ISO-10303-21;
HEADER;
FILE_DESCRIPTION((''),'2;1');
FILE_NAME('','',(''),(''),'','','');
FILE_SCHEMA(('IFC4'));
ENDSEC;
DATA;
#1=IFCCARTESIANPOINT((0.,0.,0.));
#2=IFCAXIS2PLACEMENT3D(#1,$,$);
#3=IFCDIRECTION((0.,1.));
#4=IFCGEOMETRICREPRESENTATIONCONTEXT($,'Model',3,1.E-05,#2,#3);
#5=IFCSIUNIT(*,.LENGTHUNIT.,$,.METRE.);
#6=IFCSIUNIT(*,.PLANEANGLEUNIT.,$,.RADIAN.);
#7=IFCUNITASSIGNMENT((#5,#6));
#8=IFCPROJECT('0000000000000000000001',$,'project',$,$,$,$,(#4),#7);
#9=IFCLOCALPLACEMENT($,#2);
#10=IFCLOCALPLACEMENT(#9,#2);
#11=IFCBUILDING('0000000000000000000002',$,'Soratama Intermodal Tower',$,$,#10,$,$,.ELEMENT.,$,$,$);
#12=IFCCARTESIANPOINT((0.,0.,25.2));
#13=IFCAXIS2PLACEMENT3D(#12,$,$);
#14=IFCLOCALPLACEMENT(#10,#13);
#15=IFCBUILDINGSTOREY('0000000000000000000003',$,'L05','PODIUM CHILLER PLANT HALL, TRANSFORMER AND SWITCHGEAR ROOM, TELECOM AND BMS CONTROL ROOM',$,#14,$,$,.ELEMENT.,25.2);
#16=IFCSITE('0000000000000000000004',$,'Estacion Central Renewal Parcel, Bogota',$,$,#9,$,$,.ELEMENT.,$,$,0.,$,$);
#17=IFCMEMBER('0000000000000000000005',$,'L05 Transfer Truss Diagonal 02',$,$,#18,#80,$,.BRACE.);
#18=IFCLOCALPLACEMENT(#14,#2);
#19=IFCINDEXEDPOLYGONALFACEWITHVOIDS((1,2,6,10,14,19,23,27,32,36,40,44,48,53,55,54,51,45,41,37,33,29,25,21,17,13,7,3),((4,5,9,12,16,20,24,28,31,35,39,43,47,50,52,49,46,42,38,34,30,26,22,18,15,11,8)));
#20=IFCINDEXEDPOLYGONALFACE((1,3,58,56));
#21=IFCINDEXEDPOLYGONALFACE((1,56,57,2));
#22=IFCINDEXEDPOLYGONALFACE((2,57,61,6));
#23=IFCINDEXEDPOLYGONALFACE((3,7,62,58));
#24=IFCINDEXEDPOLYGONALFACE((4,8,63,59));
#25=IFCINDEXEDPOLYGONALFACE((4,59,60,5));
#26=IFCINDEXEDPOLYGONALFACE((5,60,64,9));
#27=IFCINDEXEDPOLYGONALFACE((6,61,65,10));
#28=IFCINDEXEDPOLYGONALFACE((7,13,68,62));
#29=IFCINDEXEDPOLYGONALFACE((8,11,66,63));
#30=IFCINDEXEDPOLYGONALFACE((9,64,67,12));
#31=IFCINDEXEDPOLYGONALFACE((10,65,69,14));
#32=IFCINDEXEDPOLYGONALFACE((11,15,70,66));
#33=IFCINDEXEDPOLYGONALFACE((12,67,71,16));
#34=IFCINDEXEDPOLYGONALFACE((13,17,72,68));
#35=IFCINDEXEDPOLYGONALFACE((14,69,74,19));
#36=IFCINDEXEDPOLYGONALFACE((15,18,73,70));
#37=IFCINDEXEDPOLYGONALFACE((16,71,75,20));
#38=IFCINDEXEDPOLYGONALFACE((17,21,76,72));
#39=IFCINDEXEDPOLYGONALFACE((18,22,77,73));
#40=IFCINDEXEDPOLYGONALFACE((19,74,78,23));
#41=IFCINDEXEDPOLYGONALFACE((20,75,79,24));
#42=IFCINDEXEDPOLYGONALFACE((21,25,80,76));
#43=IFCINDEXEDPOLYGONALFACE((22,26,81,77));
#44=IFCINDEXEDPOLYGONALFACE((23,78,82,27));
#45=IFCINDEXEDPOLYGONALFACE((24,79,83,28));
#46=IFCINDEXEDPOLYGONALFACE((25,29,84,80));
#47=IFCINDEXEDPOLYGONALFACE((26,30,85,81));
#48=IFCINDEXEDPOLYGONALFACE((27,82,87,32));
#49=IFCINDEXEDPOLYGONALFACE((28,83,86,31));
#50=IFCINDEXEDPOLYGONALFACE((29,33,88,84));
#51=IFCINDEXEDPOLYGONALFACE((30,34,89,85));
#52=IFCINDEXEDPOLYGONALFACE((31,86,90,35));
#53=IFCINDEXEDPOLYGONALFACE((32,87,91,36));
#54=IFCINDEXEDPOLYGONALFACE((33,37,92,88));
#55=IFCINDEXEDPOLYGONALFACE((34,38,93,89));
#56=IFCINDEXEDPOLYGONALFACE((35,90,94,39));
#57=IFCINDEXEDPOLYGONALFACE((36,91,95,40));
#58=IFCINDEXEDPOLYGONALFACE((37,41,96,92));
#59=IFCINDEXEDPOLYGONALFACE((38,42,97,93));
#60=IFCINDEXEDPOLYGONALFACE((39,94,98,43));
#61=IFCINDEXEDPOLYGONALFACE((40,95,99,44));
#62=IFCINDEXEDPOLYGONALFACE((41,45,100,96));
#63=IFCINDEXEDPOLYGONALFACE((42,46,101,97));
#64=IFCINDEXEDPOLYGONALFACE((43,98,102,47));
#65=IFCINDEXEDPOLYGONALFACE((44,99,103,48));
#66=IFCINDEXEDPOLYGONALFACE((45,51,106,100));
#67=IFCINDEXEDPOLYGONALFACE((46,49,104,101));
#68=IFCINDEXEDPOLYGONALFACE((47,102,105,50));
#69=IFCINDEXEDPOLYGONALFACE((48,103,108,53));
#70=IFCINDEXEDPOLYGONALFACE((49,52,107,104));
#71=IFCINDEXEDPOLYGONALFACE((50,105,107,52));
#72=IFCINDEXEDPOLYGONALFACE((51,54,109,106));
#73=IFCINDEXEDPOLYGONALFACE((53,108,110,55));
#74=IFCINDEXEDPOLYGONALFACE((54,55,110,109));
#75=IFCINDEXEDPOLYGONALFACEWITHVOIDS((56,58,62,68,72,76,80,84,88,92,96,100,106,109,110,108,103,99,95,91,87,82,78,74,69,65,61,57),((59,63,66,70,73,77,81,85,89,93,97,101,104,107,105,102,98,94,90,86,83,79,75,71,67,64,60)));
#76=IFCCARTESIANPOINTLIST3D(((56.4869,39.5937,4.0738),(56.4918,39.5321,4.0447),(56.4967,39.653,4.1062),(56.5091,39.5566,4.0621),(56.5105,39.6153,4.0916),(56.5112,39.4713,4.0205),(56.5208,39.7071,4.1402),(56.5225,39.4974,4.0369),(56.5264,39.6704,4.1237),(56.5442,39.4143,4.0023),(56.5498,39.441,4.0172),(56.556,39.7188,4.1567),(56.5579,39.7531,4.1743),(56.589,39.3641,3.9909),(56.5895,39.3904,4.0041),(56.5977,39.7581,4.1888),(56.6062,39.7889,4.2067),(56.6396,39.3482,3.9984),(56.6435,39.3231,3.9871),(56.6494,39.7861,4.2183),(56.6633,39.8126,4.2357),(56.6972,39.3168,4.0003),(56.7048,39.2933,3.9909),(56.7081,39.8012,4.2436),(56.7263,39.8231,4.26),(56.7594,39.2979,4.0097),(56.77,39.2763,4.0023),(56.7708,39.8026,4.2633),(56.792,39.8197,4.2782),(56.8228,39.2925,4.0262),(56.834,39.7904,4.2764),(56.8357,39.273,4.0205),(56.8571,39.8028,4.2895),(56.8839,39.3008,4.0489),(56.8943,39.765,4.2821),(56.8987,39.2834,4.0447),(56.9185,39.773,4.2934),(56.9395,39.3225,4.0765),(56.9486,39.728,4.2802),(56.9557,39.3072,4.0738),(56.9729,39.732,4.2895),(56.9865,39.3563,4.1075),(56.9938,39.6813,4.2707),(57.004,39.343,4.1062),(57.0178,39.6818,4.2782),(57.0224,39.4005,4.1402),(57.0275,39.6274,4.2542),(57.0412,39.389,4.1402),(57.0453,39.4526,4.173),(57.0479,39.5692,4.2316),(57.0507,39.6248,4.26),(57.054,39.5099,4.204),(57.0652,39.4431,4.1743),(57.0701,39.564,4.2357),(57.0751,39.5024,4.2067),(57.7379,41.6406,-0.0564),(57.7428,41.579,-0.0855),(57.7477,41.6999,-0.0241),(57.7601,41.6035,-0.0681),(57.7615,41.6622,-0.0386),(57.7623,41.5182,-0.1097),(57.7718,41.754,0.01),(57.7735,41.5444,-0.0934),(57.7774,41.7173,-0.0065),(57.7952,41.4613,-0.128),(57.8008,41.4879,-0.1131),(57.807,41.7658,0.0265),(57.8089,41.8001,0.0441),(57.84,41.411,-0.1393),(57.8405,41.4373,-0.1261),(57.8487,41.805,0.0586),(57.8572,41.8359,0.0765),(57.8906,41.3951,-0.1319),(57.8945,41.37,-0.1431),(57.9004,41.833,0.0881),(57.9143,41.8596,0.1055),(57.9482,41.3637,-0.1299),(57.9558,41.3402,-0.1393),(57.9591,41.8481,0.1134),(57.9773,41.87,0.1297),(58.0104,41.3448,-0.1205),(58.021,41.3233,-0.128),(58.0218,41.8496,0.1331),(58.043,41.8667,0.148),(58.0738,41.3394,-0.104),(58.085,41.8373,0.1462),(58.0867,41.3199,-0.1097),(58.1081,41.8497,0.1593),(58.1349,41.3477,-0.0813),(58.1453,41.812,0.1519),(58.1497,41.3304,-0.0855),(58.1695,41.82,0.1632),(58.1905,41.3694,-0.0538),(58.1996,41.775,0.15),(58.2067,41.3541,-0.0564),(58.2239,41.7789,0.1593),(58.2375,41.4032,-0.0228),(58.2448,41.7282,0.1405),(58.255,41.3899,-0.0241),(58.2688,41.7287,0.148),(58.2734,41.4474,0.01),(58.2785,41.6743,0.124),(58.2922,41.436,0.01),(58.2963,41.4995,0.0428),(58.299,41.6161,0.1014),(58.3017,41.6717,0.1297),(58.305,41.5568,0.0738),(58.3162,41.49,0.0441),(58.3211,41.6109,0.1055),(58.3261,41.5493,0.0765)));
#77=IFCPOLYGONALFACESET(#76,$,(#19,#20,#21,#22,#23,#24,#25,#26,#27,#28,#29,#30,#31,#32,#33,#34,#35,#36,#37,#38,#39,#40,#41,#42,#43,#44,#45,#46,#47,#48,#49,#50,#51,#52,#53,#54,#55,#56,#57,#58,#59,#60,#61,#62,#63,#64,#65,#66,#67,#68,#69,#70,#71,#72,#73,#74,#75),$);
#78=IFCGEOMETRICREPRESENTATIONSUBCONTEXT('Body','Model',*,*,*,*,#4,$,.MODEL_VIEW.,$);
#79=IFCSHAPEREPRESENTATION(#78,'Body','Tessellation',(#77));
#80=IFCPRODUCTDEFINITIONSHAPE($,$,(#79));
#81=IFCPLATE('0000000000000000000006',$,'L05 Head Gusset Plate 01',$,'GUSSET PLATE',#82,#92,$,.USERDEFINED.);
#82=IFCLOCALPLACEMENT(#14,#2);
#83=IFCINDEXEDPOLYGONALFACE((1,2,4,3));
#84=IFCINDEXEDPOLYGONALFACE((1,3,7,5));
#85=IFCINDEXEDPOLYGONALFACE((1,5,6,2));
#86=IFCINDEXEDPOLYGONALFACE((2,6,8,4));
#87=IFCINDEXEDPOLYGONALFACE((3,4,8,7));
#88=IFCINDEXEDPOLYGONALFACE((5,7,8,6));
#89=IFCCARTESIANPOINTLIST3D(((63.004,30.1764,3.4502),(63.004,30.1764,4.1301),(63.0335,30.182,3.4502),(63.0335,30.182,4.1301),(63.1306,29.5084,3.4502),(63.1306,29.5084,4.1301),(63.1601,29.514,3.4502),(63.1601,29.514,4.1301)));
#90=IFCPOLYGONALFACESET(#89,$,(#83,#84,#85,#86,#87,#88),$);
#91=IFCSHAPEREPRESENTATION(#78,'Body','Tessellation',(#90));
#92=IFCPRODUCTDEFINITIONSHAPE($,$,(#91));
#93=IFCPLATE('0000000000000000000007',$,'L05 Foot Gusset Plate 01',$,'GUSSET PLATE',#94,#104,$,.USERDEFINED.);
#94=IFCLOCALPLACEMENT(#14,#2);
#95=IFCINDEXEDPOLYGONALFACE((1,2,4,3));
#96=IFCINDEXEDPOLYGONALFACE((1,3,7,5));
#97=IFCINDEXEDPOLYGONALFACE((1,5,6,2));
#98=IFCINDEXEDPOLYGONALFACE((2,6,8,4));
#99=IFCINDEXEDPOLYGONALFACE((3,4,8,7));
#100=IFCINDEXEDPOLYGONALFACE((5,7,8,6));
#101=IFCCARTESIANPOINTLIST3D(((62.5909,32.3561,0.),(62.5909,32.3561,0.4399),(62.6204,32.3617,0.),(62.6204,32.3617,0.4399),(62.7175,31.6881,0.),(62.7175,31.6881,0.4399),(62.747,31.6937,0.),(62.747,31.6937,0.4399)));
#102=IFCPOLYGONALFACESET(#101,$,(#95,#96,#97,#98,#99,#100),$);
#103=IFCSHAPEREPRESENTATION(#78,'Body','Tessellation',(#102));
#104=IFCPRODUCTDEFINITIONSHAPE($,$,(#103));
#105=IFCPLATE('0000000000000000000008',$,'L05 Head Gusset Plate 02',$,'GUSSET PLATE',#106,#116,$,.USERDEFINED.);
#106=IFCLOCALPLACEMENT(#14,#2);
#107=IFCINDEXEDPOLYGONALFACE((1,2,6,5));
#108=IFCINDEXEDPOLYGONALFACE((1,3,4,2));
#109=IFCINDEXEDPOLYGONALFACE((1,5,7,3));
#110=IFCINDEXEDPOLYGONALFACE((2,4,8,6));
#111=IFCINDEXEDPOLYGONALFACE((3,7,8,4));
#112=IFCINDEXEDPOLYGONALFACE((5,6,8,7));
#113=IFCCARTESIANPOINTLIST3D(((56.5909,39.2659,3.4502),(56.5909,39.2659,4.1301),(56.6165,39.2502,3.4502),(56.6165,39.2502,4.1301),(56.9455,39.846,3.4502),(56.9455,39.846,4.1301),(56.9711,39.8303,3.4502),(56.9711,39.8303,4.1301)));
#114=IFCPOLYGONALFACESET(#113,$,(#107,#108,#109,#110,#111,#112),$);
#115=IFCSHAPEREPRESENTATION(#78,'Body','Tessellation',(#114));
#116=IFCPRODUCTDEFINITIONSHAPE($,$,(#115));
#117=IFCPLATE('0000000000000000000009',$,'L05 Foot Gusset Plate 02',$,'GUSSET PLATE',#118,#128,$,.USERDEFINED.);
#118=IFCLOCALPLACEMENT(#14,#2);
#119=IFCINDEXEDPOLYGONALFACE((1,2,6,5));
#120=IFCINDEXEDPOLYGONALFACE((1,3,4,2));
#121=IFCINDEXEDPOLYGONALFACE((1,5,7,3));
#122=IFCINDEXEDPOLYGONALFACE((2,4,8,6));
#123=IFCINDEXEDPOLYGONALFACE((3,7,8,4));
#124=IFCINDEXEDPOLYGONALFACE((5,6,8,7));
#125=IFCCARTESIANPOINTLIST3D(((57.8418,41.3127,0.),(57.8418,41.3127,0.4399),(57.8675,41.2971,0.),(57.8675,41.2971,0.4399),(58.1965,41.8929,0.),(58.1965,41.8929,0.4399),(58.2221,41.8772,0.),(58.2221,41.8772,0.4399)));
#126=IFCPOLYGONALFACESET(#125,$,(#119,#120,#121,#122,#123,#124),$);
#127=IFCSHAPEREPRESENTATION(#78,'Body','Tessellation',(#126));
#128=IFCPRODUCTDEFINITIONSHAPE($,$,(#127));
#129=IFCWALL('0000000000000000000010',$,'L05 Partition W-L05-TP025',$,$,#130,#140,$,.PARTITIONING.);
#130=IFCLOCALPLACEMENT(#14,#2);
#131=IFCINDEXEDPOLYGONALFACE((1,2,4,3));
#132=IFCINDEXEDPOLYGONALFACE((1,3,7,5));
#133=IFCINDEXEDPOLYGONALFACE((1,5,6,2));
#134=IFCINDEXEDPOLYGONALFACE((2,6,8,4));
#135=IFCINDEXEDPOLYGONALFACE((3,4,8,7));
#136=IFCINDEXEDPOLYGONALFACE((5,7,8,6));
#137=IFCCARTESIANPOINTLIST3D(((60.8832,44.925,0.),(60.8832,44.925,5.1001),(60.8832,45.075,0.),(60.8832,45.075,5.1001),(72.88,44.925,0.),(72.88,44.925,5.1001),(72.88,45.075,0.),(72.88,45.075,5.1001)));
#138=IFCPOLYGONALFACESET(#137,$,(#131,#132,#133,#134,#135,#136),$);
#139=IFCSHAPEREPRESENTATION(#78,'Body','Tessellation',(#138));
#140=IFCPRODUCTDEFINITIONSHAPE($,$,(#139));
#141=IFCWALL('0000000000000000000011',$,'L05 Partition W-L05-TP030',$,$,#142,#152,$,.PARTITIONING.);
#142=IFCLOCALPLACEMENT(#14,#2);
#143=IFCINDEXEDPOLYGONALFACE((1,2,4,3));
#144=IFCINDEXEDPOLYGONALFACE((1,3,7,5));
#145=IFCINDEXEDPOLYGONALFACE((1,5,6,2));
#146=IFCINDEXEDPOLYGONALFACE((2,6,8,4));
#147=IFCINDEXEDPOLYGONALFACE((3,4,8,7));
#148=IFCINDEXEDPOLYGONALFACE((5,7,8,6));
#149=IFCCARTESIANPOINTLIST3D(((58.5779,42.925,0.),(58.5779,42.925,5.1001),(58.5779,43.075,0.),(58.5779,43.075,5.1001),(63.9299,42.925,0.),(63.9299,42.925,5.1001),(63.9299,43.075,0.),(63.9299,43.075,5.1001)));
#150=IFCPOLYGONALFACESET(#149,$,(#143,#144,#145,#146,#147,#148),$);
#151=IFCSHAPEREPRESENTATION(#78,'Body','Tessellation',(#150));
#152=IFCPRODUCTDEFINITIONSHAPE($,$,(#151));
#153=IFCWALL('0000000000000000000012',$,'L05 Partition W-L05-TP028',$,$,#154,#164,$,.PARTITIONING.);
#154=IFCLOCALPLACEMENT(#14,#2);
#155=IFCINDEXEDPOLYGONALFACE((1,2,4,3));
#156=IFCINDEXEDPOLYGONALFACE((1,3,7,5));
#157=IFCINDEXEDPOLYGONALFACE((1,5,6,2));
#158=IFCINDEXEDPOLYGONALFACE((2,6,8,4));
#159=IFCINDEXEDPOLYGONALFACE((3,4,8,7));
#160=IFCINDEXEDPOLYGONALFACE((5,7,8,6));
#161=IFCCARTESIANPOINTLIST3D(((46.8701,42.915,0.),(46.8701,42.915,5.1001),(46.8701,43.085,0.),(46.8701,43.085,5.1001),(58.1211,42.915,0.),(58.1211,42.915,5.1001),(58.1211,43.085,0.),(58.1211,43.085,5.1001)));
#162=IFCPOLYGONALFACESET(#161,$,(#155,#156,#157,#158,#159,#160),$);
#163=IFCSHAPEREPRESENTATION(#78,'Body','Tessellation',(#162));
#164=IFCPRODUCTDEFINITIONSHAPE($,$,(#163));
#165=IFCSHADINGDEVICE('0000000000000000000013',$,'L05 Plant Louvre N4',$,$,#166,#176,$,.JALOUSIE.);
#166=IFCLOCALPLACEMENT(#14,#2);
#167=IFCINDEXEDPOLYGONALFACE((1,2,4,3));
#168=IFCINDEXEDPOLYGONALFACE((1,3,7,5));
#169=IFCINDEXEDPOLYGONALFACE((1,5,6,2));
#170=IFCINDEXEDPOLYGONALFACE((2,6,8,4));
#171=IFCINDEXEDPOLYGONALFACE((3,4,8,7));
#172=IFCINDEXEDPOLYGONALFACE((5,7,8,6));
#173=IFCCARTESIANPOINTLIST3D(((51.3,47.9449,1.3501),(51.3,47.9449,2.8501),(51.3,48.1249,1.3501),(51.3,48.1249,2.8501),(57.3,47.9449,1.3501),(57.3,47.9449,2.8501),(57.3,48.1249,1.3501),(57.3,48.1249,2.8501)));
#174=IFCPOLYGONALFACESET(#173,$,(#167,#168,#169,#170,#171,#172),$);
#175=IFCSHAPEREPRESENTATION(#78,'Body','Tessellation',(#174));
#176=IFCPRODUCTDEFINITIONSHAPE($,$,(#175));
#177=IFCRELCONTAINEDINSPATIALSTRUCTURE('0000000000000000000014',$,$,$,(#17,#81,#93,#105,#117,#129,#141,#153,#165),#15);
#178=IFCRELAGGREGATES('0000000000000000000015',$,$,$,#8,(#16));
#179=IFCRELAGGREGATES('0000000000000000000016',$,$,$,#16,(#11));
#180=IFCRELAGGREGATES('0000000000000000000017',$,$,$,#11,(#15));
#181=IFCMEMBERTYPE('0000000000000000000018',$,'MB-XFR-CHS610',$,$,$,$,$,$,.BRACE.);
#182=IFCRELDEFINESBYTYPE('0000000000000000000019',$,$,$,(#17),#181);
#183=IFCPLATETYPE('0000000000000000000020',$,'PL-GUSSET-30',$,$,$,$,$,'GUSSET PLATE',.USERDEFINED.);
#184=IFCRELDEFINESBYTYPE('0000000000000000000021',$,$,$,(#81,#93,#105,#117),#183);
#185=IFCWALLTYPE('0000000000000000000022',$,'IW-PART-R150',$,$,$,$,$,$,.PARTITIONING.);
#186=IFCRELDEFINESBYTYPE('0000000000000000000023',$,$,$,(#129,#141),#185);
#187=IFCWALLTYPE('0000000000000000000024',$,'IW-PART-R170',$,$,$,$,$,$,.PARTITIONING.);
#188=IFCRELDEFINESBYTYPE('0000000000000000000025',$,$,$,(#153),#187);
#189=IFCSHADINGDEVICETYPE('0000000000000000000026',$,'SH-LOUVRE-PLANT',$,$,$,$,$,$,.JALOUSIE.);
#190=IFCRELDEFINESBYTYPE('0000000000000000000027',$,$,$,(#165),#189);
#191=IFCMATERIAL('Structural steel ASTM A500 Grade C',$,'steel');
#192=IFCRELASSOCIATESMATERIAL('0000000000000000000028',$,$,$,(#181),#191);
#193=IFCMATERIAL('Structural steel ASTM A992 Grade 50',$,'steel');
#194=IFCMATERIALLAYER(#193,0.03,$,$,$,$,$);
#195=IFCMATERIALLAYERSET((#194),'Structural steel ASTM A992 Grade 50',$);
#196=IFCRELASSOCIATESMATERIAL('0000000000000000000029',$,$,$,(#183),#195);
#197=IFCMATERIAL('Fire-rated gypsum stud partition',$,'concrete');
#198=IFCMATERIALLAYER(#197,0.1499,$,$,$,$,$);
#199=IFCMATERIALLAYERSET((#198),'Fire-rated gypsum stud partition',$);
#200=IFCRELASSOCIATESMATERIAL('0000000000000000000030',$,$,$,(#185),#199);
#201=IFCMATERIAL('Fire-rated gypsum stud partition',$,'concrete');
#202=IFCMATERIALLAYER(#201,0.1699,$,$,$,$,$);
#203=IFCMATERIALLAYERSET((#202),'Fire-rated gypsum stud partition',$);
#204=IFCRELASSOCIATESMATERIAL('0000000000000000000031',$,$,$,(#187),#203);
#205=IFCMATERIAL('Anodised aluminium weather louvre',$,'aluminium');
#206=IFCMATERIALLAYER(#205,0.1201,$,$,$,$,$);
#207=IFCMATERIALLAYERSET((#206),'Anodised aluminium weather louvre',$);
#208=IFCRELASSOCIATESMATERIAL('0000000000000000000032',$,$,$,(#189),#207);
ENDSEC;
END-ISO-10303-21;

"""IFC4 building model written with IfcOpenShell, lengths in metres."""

from ifc_helpers import new_model, si_unit, direction, frame, frame_2d, origin, origin_2d, place, context, subcontext, project, spatial, rectangle, hollow_circle, extrude, material, layer, layer_set, material_profile, profile_set, type_object, element, save


model = new_model("IFC4")

# Units and contexts
model_context = context("Model", 3, precision=1e-05, world=origin(), true_north=direction((0.0, 1.0)))
body_context = subcontext(model_context, "Body", "Model", "MODEL_VIEW")
ifc_project = project(units=[si_unit("LENGTHUNIT", "METRE"), si_unit("PLANEANGLEUNIT", "RADIAN")], contexts=[model_context])

# Site, building, storey
site_placement = place(None, origin())
site = spatial("IfcSite", under=ifc_project, at=site_placement, Name="Estacion Central Renewal Parcel, Bogota", CompositionType="ELEMENT", RefElevation=0.0)
building_placement = place(site_placement, origin())
building = spatial("IfcBuilding", under=site, at=building_placement, Name="Soratama Intermodal Tower", CompositionType="ELEMENT")
storey_placement = place(building_placement, frame((0.0, 0.0, 25.2)))
storey = spatial("IfcBuildingStorey", under=building, at=storey_placement, Name="L05", Description="PODIUM CHILLER PLANT HALL, TRANSFORMER AND SWITCHGEAR ROOM, TELECOM AND BMS CONTROL ROOM", CompositionType="ELEMENT", Elevation=25.2)

# Member
ifc_material_1 = material(Name="Structural steel ASTM A500 Grade C", Category="steel")
ifc_material_profile_1 = material_profile(ifc_material_1, hollow_circle(Radius=0.3049, WallThickness=0.022, at=origin_2d()), Name="CHS610X22")
ifc_profile_set_1 = profile_set([ifc_material_profile_1], Name="Structural steel ASTM A500 Grade C")
member_type = type_object("IfcMemberType", Name="MB-XFR-CHS610", PredefinedType="BRACE", material=ifc_profile_set_1)
member_1_placement = place(storey_placement, frame((58.032, 41.595, 0.01), z_axis=(-0.261916, -0.428553, 0.864721), x_axis=(0.853262, -0.521483, 0.0)))
element("IfcMember", 1, at=member_1_placement, inside=storey, type_object=member_type, Name="L05 Transfer Truss Diagonal 02", PredefinedType="BRACE", context=body_context, shape_type="SweptSolid", body=[
    extrude(hollow_circle(Radius=0.3049, WallThickness=0.022, at=origin_2d()), origin(), (0.0, 0.0, 1.0), 4.7764),
])

# Plates
ifc_material_2 = material(Name="Structural steel ASTM A992 Grade 50", Category="steel")
ifc_layer_1 = layer(ifc_material_2, 0.03)
ifc_layer_set_1 = layer_set([ifc_layer_1], Name="Structural steel ASTM A992 Grade 50")
plate_type = type_object("IfcPlateType", Name="PL-GUSSET-30", ElementType="GUSSET PLATE", PredefinedType="USERDEFINED", material=ifc_layer_set_1)
plate_1_placement = place(storey_placement, frame((63.082, 29.8452, 3.4502), z_axis=(0.0, 0.0, 1.0), x_axis=(0.186181, -0.982515, 0.0)))
element("IfcPlate", 2, at=plate_1_placement, inside=storey, type_object=plate_type, Name="L05 Head Gusset Plate 01", ObjectType="GUSSET PLATE", PredefinedType="USERDEFINED", context=body_context, shape_type="SweptSolid", body=[
    extrude(rectangle(XDim=0.6799, YDim=0.03, at=origin_2d()), origin(), (0.0, 0.0, 1.0), 0.6799),
])
plate_2_placement = place(storey_placement, frame((62.6689, 32.0249, 0.0), z_axis=(0.0, 0.0, 1.0), x_axis=(0.186181, -0.982515, 0.0)))
element("IfcPlate", 3, at=plate_2_placement, inside=storey, type_object=plate_type, Name="L05 Foot Gusset Plate 01", ObjectType="GUSSET PLATE", PredefinedType="USERDEFINED", context=body_context, shape_type="SweptSolid", body=[
    extrude(rectangle(XDim=0.6799, YDim=0.03, at=origin_2d()), origin(), (0.0, 0.0, 1.0), 0.4399),
])
plate_3_placement = place(storey_placement, frame((56.781, 39.5481, 3.4502), z_axis=(0.0, 0.0, 1.0), x_axis=(-0.521605, -0.853187, 0.0)))
element("IfcPlate", 4, at=plate_3_placement, inside=storey, type_object=plate_type, Name="L05 Head Gusset Plate 02", ObjectType="GUSSET PLATE", PredefinedType="USERDEFINED", context=body_context, shape_type="SweptSolid", body=[
    extrude(rectangle(XDim=0.6799, YDim=0.03, at=origin_2d()), origin(), (0.0, 0.0, 1.0), 0.6799),
])
plate_4_placement = place(storey_placement, frame((58.032, 41.595, 0.0), z_axis=(0.0, 0.0, 1.0), x_axis=(-0.521605, -0.853187, 0.0)))
element("IfcPlate", 5, at=plate_4_placement, inside=storey, type_object=plate_type, Name="L05 Foot Gusset Plate 02", ObjectType="GUSSET PLATE", PredefinedType="USERDEFINED", context=body_context, shape_type="SweptSolid", body=[
    extrude(rectangle(XDim=0.6799, YDim=0.03, at=origin_2d()), origin(), (0.0, 0.0, 1.0), 0.4399),
])

# Walls
ifc_material_3 = material(Name="Fire-rated gypsum stud partition", Category="concrete")
ifc_layer_2 = layer(ifc_material_3, 0.1499)
ifc_layer_set_2 = layer_set([ifc_layer_2], Name="Fire-rated gypsum stud partition")
wall_type_1 = type_object("IfcWallType", Name="IW-PART-R150", PredefinedType="PARTITIONING", material=ifc_layer_set_2)
wall_1_placement = place(storey_placement, frame((60.8831, 45.0, 0.0), z_axis=(0.0, 0.0, 1.0), x_axis=(1.0, 0.0, 0.0)))
element("IfcWall", 6, at=wall_1_placement, inside=storey, type_object=wall_type_1, Name="L05 Partition W-L05-TP025", PredefinedType="PARTITIONING", context=body_context, shape_type="SweptSolid", body=[
    extrude(rectangle(XDim=11.9968, YDim=0.1499, at=frame_2d((5.9985, 0.0))), origin(), (0.0, 0.0, 1.0), 5.1001),
])
wall_2_placement = place(storey_placement, frame((63.9299, 43.0, 0.0), z_axis=(0.0, 0.0, 1.0), x_axis=(-1.0, 0.0, 0.0)))
element("IfcWall", 7, at=wall_2_placement, inside=storey, type_object=wall_type_1, Name="L05 Partition W-L05-TP030", PredefinedType="PARTITIONING", context=body_context, shape_type="SweptSolid", body=[
    extrude(rectangle(XDim=5.3521, YDim=0.1499, at=frame_2d((2.676, 0.0))), origin(), (0.0, 0.0, 1.0), 5.1001),
])
ifc_material_4 = material(Name="Fire-rated gypsum stud partition", Category="concrete")
ifc_layer_3 = layer(ifc_material_4, 0.1699)
ifc_layer_set_3 = layer_set([ifc_layer_3], Name="Fire-rated gypsum stud partition")
wall_type_2 = type_object("IfcWallType", Name="IW-PART-R170", PredefinedType="PARTITIONING", material=ifc_layer_set_3)
wall_3_placement = place(storey_placement, frame((58.1211, 43.0, 0.0), z_axis=(0.0, 0.0, 1.0), x_axis=(-1.0, 0.0, 0.0)))
element("IfcWall", 8, at=wall_3_placement, inside=storey, type_object=wall_type_2, Name="L05 Partition W-L05-TP028", PredefinedType="PARTITIONING", context=body_context, shape_type="SweptSolid", body=[
    extrude(rectangle(XDim=11.251, YDim=0.1699, at=frame_2d((5.6255, 0.0))), origin(), (0.0, 0.0, 1.0), 5.1001),
])

# Shading device
ifc_material_5 = material(Name="Anodised aluminium weather louvre", Category="aluminium")
ifc_layer_4 = layer(ifc_material_5, 0.1201)
ifc_layer_set_4 = layer_set([ifc_layer_4], Name="Anodised aluminium weather louvre")
shading_device_type = type_object("IfcShadingDeviceType", Name="SH-LOUVRE-PLANT", PredefinedType="JALOUSIE", material=ifc_layer_set_4)
shading_device_placement = place(storey_placement, frame((54.3, 48.0349, 1.3501), z_axis=(0.0, 0.0, 1.0), x_axis=(1.0, 0.0, 0.0)))
element("IfcShadingDevice", 9, at=shading_device_placement, inside=storey, type_object=shading_device_type, Name="L05 Plant Louvre N4", PredefinedType="JALOUSIE", context=body_context, shape_type="SweptSolid", body=[
    extrude(rectangle(XDim=6.0, YDim=0.1799, at=origin_2d()), origin(), (0.0, 0.0, 1.0), 1.5),
])

save(model, "model.ifc")
